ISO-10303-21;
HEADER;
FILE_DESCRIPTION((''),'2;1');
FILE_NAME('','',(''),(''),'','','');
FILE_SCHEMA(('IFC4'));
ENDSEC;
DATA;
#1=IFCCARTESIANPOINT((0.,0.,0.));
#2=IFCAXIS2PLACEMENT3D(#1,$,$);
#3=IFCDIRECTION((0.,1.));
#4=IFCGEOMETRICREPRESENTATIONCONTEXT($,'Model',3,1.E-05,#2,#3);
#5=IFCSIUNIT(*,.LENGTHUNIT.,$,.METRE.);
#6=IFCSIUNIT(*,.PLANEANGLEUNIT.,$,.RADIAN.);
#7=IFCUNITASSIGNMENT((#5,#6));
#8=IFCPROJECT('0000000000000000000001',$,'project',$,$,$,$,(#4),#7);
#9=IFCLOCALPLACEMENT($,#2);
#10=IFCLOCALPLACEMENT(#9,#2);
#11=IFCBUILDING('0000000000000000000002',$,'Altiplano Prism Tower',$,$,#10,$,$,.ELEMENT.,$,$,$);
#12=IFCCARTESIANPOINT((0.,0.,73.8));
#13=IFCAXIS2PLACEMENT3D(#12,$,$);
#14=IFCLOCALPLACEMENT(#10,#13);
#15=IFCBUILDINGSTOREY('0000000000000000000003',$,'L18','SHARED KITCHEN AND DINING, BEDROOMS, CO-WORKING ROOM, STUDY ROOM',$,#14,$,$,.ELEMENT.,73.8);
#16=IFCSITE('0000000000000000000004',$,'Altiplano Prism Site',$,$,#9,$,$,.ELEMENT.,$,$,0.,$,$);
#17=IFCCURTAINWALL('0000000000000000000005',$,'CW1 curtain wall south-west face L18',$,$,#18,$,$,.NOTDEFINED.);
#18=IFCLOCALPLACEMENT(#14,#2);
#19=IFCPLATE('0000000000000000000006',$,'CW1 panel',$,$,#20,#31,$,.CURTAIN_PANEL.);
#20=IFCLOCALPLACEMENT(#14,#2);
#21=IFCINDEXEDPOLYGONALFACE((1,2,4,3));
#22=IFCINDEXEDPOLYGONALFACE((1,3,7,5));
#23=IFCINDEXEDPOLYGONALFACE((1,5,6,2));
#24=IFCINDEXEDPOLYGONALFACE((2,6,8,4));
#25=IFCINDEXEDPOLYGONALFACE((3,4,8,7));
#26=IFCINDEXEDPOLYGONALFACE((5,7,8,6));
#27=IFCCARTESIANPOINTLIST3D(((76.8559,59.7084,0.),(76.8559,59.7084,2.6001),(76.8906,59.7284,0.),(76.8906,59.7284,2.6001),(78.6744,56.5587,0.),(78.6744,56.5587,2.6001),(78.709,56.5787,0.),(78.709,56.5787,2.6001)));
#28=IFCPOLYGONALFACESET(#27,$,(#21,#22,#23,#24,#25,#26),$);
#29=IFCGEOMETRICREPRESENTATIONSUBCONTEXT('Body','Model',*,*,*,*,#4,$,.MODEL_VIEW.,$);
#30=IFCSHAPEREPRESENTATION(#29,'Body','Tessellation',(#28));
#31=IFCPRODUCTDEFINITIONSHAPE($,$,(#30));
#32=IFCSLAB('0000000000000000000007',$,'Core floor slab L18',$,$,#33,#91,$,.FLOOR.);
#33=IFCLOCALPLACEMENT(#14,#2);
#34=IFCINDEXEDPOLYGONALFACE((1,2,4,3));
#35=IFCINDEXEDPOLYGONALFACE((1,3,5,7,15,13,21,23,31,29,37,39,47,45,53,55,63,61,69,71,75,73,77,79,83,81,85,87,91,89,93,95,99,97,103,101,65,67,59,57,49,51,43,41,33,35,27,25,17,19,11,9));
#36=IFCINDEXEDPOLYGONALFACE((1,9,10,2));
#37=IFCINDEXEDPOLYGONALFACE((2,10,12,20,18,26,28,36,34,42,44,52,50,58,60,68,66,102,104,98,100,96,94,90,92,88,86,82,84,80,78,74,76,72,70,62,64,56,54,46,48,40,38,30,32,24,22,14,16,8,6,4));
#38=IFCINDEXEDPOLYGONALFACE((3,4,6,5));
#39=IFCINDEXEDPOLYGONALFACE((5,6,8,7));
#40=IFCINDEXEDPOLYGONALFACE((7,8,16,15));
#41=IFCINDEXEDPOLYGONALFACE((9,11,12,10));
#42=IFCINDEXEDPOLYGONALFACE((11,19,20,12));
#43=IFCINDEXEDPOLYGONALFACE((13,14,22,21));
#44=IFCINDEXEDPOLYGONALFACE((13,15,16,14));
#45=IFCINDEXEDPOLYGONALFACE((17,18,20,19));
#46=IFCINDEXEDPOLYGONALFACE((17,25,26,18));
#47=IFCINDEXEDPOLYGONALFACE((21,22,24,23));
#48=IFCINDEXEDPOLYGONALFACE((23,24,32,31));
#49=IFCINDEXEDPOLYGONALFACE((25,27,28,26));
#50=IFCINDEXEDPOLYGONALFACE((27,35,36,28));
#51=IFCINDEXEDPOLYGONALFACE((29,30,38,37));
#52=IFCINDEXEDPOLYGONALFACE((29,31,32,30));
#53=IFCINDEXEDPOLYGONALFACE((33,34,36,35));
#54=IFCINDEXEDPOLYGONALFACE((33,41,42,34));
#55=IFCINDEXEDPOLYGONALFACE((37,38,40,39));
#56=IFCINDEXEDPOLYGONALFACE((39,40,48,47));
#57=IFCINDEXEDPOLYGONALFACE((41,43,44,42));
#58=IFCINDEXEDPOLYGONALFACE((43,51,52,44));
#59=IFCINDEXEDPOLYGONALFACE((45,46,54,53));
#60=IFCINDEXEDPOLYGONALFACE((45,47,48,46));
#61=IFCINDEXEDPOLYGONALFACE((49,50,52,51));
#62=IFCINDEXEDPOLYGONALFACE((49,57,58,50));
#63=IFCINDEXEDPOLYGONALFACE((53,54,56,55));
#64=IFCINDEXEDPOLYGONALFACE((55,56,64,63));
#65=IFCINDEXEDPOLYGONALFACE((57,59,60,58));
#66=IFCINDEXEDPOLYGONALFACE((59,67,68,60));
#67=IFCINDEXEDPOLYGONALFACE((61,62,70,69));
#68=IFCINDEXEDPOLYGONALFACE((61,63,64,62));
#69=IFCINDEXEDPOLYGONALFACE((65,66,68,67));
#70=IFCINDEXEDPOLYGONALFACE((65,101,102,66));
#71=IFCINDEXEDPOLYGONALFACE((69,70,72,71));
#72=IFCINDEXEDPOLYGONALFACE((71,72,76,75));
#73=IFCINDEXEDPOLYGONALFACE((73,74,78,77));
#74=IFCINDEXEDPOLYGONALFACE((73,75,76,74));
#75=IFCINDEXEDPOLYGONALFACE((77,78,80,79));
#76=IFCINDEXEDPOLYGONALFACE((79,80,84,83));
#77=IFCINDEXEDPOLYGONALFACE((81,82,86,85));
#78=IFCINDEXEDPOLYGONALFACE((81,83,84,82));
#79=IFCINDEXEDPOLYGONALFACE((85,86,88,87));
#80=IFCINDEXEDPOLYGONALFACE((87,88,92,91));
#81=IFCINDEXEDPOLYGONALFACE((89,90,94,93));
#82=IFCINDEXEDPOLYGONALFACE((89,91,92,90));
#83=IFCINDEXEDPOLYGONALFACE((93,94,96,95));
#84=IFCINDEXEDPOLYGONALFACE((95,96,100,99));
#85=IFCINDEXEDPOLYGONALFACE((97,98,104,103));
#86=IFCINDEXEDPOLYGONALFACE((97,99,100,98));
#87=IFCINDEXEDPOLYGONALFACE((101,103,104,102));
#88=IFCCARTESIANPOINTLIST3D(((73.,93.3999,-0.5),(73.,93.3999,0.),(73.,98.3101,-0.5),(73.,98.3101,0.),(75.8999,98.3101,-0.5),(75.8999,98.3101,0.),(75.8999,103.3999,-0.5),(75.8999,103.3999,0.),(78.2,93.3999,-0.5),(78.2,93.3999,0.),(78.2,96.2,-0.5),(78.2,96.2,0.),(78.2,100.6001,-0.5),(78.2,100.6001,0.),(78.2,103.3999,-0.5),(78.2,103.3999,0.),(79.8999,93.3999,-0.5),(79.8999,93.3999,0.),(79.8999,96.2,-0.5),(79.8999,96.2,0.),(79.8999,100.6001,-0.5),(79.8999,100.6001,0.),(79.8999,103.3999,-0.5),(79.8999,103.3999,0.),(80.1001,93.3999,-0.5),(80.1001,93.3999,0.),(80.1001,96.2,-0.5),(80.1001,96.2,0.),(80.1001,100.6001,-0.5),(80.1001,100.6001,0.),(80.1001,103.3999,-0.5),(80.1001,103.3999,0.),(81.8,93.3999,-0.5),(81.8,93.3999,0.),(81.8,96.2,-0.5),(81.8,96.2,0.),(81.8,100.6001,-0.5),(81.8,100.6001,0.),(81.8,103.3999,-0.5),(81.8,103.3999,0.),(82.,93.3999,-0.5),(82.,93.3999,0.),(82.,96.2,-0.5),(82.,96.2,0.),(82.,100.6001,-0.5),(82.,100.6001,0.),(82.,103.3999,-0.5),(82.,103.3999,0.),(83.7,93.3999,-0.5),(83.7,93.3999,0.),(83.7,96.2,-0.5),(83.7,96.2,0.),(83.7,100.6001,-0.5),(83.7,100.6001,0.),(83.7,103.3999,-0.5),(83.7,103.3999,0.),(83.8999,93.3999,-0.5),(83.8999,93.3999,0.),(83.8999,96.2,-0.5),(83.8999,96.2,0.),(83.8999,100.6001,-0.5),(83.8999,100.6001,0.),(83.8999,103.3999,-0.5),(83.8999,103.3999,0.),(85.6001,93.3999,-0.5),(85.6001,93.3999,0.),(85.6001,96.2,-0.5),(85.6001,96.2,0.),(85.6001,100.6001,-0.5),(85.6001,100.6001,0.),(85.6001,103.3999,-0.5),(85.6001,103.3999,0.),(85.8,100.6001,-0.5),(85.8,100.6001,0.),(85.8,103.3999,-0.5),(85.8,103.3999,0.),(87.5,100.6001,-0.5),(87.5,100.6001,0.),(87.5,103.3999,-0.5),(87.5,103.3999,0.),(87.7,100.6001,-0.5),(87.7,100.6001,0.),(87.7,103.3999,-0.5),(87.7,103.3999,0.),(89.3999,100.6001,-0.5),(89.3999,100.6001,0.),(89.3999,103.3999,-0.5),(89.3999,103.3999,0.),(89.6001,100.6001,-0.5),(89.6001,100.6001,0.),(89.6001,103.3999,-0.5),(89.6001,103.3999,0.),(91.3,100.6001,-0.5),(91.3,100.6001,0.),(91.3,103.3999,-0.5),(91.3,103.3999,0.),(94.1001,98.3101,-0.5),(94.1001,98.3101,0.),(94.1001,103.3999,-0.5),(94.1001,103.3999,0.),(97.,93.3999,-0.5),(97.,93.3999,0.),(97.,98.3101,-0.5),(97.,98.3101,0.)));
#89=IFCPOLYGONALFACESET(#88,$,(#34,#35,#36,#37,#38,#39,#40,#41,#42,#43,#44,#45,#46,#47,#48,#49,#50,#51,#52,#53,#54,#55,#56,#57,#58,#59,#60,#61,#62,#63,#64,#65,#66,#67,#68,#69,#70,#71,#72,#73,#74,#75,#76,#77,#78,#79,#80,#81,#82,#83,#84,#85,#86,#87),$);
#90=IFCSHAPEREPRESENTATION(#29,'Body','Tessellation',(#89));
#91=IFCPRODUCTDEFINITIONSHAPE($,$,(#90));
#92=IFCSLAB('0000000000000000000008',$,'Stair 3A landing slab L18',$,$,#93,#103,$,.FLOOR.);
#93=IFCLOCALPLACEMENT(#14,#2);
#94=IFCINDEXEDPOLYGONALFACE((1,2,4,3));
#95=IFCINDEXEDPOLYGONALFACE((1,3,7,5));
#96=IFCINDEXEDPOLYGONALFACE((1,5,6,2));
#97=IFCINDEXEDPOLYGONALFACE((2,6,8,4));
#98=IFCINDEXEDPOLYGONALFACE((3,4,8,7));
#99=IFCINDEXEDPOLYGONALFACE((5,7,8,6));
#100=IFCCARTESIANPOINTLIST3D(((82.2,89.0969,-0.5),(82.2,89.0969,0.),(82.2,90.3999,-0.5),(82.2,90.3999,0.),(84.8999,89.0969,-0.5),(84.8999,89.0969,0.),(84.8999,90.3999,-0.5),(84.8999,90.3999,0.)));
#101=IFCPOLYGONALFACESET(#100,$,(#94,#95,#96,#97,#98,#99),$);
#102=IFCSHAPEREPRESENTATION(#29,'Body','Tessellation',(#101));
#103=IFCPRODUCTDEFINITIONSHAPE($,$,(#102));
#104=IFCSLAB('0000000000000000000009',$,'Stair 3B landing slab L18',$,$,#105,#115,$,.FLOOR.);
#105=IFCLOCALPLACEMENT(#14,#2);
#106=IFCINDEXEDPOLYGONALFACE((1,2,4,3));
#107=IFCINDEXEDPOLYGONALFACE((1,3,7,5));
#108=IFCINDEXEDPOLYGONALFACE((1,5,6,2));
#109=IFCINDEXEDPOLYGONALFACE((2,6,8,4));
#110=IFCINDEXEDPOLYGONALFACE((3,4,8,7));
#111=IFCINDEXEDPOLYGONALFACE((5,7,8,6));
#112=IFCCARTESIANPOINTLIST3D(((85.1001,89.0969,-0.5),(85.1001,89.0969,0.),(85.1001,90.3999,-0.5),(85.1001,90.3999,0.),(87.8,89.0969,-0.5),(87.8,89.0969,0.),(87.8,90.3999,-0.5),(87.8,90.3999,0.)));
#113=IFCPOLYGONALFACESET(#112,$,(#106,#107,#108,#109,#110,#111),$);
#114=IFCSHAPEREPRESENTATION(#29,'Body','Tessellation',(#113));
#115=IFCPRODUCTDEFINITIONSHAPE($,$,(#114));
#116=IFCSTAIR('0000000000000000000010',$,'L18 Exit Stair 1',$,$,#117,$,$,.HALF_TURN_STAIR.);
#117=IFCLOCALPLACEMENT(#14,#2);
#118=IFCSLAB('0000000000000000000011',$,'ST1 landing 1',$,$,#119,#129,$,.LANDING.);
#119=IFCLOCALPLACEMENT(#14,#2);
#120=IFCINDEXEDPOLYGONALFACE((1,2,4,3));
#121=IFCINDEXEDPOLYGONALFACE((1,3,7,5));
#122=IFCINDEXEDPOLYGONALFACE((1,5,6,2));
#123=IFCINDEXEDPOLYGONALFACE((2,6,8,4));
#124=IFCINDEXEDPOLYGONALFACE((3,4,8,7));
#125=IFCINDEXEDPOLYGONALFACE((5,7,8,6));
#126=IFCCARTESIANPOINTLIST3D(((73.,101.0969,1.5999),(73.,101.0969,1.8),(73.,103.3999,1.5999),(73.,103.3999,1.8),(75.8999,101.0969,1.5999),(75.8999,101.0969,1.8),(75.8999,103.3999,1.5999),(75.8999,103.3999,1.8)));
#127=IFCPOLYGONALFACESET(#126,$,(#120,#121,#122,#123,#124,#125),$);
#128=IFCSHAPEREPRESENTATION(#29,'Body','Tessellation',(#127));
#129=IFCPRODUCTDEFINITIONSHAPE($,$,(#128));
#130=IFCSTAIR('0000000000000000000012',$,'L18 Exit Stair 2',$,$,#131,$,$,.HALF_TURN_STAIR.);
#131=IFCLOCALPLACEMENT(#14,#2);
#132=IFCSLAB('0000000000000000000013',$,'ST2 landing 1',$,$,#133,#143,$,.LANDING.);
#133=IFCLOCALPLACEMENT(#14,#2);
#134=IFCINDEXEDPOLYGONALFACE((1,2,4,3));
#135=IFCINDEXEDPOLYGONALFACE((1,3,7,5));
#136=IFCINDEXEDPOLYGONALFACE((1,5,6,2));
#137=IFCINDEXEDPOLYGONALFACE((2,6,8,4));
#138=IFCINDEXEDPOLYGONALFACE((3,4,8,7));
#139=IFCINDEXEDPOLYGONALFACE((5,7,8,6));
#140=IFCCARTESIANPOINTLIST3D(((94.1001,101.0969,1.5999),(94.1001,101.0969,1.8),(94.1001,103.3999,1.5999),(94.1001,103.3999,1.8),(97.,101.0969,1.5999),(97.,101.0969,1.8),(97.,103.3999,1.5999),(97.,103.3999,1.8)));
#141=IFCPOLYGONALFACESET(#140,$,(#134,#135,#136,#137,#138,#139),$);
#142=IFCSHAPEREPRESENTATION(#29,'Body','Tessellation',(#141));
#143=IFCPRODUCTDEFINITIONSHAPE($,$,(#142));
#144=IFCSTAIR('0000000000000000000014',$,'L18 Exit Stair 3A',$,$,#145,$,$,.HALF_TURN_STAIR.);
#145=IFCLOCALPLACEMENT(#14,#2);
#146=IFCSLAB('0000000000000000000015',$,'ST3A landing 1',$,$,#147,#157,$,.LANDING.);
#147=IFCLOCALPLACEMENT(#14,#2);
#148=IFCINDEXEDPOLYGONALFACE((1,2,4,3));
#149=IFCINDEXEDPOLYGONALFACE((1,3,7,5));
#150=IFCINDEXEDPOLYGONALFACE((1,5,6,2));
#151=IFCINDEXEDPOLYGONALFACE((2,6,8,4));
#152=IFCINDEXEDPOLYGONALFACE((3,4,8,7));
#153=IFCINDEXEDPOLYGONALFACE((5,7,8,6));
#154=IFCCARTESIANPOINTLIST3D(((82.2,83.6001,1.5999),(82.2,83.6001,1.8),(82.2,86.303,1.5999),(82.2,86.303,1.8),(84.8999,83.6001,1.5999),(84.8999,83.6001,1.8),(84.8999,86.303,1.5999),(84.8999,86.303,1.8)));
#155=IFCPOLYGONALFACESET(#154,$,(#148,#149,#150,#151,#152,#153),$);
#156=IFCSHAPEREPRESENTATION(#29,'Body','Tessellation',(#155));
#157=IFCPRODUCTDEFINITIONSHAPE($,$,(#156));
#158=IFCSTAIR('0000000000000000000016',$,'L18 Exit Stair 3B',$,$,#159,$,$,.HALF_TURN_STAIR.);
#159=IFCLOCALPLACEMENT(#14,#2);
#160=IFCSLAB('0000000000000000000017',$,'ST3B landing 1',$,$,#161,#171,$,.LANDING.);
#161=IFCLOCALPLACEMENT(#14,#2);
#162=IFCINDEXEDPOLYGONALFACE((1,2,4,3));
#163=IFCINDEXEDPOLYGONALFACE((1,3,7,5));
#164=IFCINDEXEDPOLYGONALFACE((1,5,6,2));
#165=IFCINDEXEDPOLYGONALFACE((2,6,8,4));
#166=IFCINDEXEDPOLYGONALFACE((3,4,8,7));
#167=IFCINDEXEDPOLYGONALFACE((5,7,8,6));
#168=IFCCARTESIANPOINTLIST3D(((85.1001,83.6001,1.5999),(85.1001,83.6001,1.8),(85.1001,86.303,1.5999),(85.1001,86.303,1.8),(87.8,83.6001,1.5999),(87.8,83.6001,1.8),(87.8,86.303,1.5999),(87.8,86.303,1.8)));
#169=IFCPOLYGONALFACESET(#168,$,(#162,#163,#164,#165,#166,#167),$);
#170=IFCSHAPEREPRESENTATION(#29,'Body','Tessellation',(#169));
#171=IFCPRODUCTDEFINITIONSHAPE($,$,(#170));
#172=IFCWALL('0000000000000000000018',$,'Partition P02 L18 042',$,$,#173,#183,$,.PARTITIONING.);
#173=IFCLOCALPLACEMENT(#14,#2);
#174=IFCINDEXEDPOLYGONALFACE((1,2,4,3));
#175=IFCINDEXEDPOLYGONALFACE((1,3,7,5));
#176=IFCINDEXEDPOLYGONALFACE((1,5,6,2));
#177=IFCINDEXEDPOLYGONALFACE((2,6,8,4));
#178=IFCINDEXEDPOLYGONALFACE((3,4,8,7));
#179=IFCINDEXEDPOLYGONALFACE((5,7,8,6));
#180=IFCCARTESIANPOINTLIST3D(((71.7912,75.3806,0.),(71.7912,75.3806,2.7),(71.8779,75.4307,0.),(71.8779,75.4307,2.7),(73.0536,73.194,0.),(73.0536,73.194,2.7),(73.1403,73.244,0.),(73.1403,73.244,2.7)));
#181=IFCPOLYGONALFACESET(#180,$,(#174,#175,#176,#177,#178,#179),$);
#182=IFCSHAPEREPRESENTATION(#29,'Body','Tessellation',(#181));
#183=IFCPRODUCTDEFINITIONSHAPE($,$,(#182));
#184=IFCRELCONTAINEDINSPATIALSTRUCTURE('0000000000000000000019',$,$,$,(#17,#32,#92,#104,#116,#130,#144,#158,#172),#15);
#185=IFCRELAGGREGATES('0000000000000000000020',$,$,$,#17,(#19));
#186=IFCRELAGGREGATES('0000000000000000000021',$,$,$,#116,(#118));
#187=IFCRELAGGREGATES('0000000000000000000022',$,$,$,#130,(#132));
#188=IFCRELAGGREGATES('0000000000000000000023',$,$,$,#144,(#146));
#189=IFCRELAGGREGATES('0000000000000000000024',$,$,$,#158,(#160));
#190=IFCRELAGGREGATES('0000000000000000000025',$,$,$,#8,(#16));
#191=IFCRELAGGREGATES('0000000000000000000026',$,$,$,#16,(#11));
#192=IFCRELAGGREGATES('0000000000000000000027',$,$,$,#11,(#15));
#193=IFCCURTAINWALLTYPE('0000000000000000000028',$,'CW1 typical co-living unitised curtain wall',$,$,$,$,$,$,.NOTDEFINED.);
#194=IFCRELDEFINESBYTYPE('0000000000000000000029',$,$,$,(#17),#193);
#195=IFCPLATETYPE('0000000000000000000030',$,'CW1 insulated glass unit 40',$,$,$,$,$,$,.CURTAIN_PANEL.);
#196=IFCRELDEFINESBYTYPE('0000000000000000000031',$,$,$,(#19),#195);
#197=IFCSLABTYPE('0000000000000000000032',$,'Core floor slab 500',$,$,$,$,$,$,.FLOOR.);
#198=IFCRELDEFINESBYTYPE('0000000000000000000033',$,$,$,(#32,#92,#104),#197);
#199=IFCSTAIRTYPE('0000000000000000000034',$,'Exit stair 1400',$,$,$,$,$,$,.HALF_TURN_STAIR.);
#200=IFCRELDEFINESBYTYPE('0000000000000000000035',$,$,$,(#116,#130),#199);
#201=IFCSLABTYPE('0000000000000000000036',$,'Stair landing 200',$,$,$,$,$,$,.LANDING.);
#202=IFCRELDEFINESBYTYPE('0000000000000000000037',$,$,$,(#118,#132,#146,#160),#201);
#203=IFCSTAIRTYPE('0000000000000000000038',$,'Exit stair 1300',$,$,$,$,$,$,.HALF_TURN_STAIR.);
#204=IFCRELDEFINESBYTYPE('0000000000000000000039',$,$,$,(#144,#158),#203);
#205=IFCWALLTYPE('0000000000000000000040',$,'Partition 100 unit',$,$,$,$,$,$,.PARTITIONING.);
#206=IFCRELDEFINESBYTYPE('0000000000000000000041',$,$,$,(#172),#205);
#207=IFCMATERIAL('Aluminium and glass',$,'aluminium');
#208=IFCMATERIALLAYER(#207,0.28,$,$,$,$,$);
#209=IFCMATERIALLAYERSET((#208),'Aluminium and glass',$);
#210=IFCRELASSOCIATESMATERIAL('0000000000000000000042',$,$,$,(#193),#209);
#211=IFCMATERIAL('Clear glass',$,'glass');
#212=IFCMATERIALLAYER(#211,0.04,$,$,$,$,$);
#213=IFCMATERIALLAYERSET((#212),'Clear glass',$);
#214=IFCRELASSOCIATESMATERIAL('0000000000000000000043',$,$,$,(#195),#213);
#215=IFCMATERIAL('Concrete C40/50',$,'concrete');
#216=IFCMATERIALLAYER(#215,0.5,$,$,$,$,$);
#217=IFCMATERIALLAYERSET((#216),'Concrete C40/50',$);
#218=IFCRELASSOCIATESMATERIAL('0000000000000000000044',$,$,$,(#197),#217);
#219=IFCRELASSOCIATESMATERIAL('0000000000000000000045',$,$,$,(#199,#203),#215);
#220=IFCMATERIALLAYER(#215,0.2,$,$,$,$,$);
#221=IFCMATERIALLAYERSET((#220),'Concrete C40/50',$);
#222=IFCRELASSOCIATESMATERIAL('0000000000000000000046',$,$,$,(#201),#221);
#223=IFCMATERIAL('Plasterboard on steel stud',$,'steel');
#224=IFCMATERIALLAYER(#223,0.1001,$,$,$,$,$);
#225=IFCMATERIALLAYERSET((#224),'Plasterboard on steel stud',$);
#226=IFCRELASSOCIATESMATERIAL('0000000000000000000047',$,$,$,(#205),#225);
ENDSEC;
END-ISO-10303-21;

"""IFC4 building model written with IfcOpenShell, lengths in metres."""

from ifc_helpers import new_model, si_unit, direction, frame, frame_2d, origin, origin_2d, place, context, subcontext, project, spatial, polyline, rectangle, outline, extrude, material, layer, layer_set, type_object, element, aggregate, save


model = new_model("IFC4")

# Units and contexts
model_context = context("Model", 3, precision=1e-05, world=origin(), true_north=direction((0.0, 1.0)))
body_context = subcontext(model_context, "Body", "Model", "MODEL_VIEW")
ifc_project = project(units=[si_unit("LENGTHUNIT", "METRE"), si_unit("PLANEANGLEUNIT", "RADIAN")], contexts=[model_context])

# Site, building, storey
site_placement = place(None, origin())
site = spatial("IfcSite", under=ifc_project, at=site_placement, Name="Altiplano Prism Site", CompositionType="ELEMENT", RefElevation=0.0)
building_placement = place(site_placement, origin())
building = spatial("IfcBuilding", under=site, at=building_placement, Name="Altiplano Prism Tower", CompositionType="ELEMENT")
storey_placement = place(building_placement, frame((0.0, 0.0, 73.8)))
storey = spatial("IfcBuildingStorey", under=building, at=storey_placement, Name="L18", Description="SHARED KITCHEN AND DINING, BEDROOMS, CO-WORKING ROOM, STUDY ROOM", CompositionType="ELEMENT", Elevation=73.8)

# Curtain wall
ifc_material_1 = material(Name="Aluminium and glass", Category="aluminium")
ifc_layer_1 = layer(ifc_material_1, 0.28)
ifc_layer_set_1 = layer_set([ifc_layer_1], Name="Aluminium and glass")
curtain_wall_type = type_object("IfcCurtainWallType", Name="CW1 typical co-living unitised curtain wall", PredefinedType="NOTDEFINED", material=ifc_layer_set_1)
curtain_wall_placement = place(storey_placement, origin())
curtain_wall = element("IfcCurtainWall", 1, at=curtain_wall_placement, inside=storey, type_object=curtain_wall_type, Name="CW1 curtain wall south-west face L18", PredefinedType="NOTDEFINED")

# Plate
ifc_material_2 = material(Name="Clear glass", Category="glass")
ifc_layer_2 = layer(ifc_material_2, 0.04)
ifc_layer_set_2 = layer_set([ifc_layer_2], Name="Clear glass")
plate_type = type_object("IfcPlateType", Name="CW1 insulated glass unit 40", PredefinedType="CURTAIN_PANEL", material=ifc_layer_set_2)
plate_1_placement = place(storey_placement, frame((77.7825, 58.1436, 0.0), z_axis=(0.0, 0.0, 1.0), x_axis=(0.5, -0.866025, 0.0)))
plate_1 = element("IfcPlate", 2, at=plate_1_placement, type_object=plate_type, Name="CW1 panel", PredefinedType="CURTAIN_PANEL", context=body_context, shape_type="SweptSolid", body=[
    extrude(rectangle(XDim=3.637, YDim=0.04, at=origin_2d()), origin(), (0.0, 0.0, 1.0), 2.6001),
])
aggregate(curtain_wall, [plate_1])

# Slabs
ifc_material_3 = material(Name="Concrete C40/50", Category="concrete")
ifc_layer_3 = layer(ifc_material_3, 0.5)
ifc_layer_set_3 = layer_set([ifc_layer_3], Name="Concrete C40/50")
slab_type_1 = type_object("IfcSlabType", Name="Core floor slab 500", PredefinedType="FLOOR", material=ifc_layer_set_3)
slab_1_placement = place(storey_placement, frame((0.0, 0.0, -0.5)))
element("IfcSlab", 3, at=slab_1_placement, inside=storey, type_object=slab_type_1, Name="Core floor slab L18", PredefinedType="FLOOR", context=body_context, shape_type="SweptSolid", body=[
    extrude(outline(polyline([(97.0, 98.3101), (94.1001, 98.3101), (94.1001, 103.3999), (91.3, 103.3999), (91.3, 100.6001), (89.6001, 100.6001), (89.6001, 103.3999), (89.3999, 103.3999), (89.3999, 100.6001), (87.7, 100.6001), (87.7, 103.3999), (87.5, 103.3999), (87.5, 100.6001), (85.8, 100.6001), (85.8, 103.3999), (85.6001, 103.3999), (85.6001, 100.6001), (83.8999, 100.6001), (83.8999, 103.3999), (83.7, 103.3999), (83.7, 100.6001), (82.0, 100.6001), (82.0, 103.3999), (81.8, 103.3999), (81.8, 100.6001), (80.1001, 100.6001), (80.1001, 103.3999), (79.8999, 103.3999), (79.8999, 100.6001), (78.2, 100.6001), (78.2, 103.3999), (75.8999, 103.3999), (75.8999, 98.3101), (73.0, 98.3101), (73.0, 93.3999), (78.2, 93.3999), (78.2, 96.2), (79.8999, 96.2), (79.8999, 93.3999), (80.1001, 93.3999), (80.1001, 96.2), (81.8, 96.2), (81.8, 93.3999), (82.0, 93.3999), (82.0, 96.2), (83.7, 96.2), (83.7, 93.3999), (83.8999, 93.3999), (83.8999, 96.2), (85.6001, 96.2), (85.6001, 93.3999), (97.0, 93.3999), (97.0, 98.3101)])), origin(), (0.0, 0.0, 1.0), 0.5),
])
slab_2_placement = place(storey_placement, frame((0.0, 0.0, -0.5)))
element("IfcSlab", 4, at=slab_2_placement, inside=storey, type_object=slab_type_1, Name="Stair 3A landing slab L18", PredefinedType="FLOOR", context=body_context, shape_type="SweptSolid", body=[
    extrude(outline(polyline([(82.2, 89.0969), (84.8999, 89.0969), (84.8999, 90.3999), (82.2, 90.3999), (82.2, 89.0969)])), origin(), (0.0, 0.0, 1.0), 0.5),
])
slab_3_placement = place(storey_placement, frame((0.0, 0.0, -0.5)))
element("IfcSlab", 5, at=slab_3_placement, inside=storey, type_object=slab_type_1, Name="Stair 3B landing slab L18", PredefinedType="FLOOR", context=body_context, shape_type="SweptSolid", body=[
    extrude(outline(polyline([(85.1001, 89.0969), (87.8, 89.0969), (87.8, 90.3999), (85.1001, 90.3999), (85.1001, 89.0969)])), origin(), (0.0, 0.0, 1.0), 0.5),
])

# Stairs, slabs
stair_type_1 = type_object("IfcStairType", Name="Exit stair 1400", PredefinedType="HALF_TURN_STAIR", material=ifc_material_3)
stair_1_placement = place(storey_placement, origin())
stair_1 = element("IfcStair", 6, at=stair_1_placement, inside=storey, type_object=stair_type_1, Name="L18 Exit Stair 1", PredefinedType="HALF_TURN_STAIR")
ifc_layer_4 = layer(ifc_material_3, 0.2)
ifc_layer_set_4 = layer_set([ifc_layer_4], Name="Concrete C40/50")
slab_type_2 = type_object("IfcSlabType", Name="Stair landing 200", PredefinedType="LANDING", material=ifc_layer_set_4)
slab_4_placement = place(storey_placement, frame((0.0, 0.0, 1.5999)))
slab_4 = element("IfcSlab", 7, at=slab_4_placement, type_object=slab_type_2, Name="ST1 landing 1", PredefinedType="LANDING", context=body_context, shape_type="SweptSolid", body=[
    extrude(outline(polyline([(75.8999, 101.0969), (75.8999, 103.3999), (73.0, 103.3999), (73.0, 101.0969), (75.8999, 101.0969)])), origin(), (0.0, 0.0, 1.0), 0.2002),
])
aggregate(stair_1, [slab_4])
stair_2_placement = place(storey_placement, origin())
stair_2 = element("IfcStair", 8, at=stair_2_placement, inside=storey, type_object=stair_type_1, Name="L18 Exit Stair 2", PredefinedType="HALF_TURN_STAIR")
slab_5_placement = place(storey_placement, frame((0.0, 0.0, 1.5999)))
slab_5 = element("IfcSlab", 9, at=slab_5_placement, type_object=slab_type_2, Name="ST2 landing 1", PredefinedType="LANDING", context=body_context, shape_type="SweptSolid", body=[
    extrude(outline(polyline([(97.0, 101.0969), (97.0, 103.3999), (94.1001, 103.3999), (94.1001, 101.0969), (97.0, 101.0969)])), origin(), (0.0, 0.0, 1.0), 0.2002),
])
aggregate(stair_2, [slab_5])
stair_type_2 = type_object("IfcStairType", Name="Exit stair 1300", PredefinedType="HALF_TURN_STAIR", material=ifc_material_3)
stair_3_placement = place(storey_placement, origin())
stair_3 = element("IfcStair", 10, at=stair_3_placement, inside=storey, type_object=stair_type_2, Name="L18 Exit Stair 3A", PredefinedType="HALF_TURN_STAIR")
slab_6_placement = place(storey_placement, frame((0.0, 0.0, 1.5999)))
slab_6 = element("IfcSlab", 11, at=slab_6_placement, type_object=slab_type_2, Name="ST3A landing 1", PredefinedType="LANDING", context=body_context, shape_type="SweptSolid", body=[
    extrude(outline(polyline([(82.2, 86.303), (82.2, 83.6001), (84.8999, 83.6001), (84.8999, 86.303), (82.2, 86.303)])), origin(), (0.0, 0.0, 1.0), 0.2002),
])
aggregate(stair_3, [slab_6])
stair_4_placement = place(storey_placement, origin())
stair_4 = element("IfcStair", 12, at=stair_4_placement, inside=storey, type_object=stair_type_2, Name="L18 Exit Stair 3B", PredefinedType="HALF_TURN_STAIR")
slab_7_placement = place(storey_placement, frame((0.0, 0.0, 1.5999)))
slab_7 = element("IfcSlab", 13, at=slab_7_placement, type_object=slab_type_2, Name="ST3B landing 1", PredefinedType="LANDING", context=body_context, shape_type="SweptSolid", body=[
    extrude(outline(polyline([(85.1001, 86.303), (85.1001, 83.6001), (87.8, 83.6001), (87.8, 86.303), (85.1001, 86.303)])), origin(), (0.0, 0.0, 1.0), 0.2002),
])
aggregate(stair_4, [slab_7])

# Wall
ifc_material_4 = material(Name="Plasterboard on steel stud", Category="steel")
ifc_layer_5 = layer(ifc_material_4, 0.1001)
ifc_layer_set_5 = layer_set([ifc_layer_5], Name="Plasterboard on steel stud")
wall_type_1 = type_object("IfcWallType", Name="Partition 100 unit", PredefinedType="PARTITIONING", material=ifc_layer_set_5)
wall_1_placement = place(storey_placement, frame((73.0969, 73.219, 0.0), z_axis=(0.0, 0.0, 1.0), x_axis=(-0.499976, 0.866039, 0.0)))
element("IfcWall", 14, at=wall_1_placement, inside=storey, type_object=wall_type_1, Name="Partition P02 L18 042", PredefinedType="PARTITIONING", context=body_context, shape_type="SweptSolid", body=[
    extrude(rectangle(XDim=2.5249, YDim=0.1001, at=frame_2d((1.2625, 0.0))), origin(), (0.0, 0.0, 1.0), 2.7),
])

save(model, "model.ifc")
